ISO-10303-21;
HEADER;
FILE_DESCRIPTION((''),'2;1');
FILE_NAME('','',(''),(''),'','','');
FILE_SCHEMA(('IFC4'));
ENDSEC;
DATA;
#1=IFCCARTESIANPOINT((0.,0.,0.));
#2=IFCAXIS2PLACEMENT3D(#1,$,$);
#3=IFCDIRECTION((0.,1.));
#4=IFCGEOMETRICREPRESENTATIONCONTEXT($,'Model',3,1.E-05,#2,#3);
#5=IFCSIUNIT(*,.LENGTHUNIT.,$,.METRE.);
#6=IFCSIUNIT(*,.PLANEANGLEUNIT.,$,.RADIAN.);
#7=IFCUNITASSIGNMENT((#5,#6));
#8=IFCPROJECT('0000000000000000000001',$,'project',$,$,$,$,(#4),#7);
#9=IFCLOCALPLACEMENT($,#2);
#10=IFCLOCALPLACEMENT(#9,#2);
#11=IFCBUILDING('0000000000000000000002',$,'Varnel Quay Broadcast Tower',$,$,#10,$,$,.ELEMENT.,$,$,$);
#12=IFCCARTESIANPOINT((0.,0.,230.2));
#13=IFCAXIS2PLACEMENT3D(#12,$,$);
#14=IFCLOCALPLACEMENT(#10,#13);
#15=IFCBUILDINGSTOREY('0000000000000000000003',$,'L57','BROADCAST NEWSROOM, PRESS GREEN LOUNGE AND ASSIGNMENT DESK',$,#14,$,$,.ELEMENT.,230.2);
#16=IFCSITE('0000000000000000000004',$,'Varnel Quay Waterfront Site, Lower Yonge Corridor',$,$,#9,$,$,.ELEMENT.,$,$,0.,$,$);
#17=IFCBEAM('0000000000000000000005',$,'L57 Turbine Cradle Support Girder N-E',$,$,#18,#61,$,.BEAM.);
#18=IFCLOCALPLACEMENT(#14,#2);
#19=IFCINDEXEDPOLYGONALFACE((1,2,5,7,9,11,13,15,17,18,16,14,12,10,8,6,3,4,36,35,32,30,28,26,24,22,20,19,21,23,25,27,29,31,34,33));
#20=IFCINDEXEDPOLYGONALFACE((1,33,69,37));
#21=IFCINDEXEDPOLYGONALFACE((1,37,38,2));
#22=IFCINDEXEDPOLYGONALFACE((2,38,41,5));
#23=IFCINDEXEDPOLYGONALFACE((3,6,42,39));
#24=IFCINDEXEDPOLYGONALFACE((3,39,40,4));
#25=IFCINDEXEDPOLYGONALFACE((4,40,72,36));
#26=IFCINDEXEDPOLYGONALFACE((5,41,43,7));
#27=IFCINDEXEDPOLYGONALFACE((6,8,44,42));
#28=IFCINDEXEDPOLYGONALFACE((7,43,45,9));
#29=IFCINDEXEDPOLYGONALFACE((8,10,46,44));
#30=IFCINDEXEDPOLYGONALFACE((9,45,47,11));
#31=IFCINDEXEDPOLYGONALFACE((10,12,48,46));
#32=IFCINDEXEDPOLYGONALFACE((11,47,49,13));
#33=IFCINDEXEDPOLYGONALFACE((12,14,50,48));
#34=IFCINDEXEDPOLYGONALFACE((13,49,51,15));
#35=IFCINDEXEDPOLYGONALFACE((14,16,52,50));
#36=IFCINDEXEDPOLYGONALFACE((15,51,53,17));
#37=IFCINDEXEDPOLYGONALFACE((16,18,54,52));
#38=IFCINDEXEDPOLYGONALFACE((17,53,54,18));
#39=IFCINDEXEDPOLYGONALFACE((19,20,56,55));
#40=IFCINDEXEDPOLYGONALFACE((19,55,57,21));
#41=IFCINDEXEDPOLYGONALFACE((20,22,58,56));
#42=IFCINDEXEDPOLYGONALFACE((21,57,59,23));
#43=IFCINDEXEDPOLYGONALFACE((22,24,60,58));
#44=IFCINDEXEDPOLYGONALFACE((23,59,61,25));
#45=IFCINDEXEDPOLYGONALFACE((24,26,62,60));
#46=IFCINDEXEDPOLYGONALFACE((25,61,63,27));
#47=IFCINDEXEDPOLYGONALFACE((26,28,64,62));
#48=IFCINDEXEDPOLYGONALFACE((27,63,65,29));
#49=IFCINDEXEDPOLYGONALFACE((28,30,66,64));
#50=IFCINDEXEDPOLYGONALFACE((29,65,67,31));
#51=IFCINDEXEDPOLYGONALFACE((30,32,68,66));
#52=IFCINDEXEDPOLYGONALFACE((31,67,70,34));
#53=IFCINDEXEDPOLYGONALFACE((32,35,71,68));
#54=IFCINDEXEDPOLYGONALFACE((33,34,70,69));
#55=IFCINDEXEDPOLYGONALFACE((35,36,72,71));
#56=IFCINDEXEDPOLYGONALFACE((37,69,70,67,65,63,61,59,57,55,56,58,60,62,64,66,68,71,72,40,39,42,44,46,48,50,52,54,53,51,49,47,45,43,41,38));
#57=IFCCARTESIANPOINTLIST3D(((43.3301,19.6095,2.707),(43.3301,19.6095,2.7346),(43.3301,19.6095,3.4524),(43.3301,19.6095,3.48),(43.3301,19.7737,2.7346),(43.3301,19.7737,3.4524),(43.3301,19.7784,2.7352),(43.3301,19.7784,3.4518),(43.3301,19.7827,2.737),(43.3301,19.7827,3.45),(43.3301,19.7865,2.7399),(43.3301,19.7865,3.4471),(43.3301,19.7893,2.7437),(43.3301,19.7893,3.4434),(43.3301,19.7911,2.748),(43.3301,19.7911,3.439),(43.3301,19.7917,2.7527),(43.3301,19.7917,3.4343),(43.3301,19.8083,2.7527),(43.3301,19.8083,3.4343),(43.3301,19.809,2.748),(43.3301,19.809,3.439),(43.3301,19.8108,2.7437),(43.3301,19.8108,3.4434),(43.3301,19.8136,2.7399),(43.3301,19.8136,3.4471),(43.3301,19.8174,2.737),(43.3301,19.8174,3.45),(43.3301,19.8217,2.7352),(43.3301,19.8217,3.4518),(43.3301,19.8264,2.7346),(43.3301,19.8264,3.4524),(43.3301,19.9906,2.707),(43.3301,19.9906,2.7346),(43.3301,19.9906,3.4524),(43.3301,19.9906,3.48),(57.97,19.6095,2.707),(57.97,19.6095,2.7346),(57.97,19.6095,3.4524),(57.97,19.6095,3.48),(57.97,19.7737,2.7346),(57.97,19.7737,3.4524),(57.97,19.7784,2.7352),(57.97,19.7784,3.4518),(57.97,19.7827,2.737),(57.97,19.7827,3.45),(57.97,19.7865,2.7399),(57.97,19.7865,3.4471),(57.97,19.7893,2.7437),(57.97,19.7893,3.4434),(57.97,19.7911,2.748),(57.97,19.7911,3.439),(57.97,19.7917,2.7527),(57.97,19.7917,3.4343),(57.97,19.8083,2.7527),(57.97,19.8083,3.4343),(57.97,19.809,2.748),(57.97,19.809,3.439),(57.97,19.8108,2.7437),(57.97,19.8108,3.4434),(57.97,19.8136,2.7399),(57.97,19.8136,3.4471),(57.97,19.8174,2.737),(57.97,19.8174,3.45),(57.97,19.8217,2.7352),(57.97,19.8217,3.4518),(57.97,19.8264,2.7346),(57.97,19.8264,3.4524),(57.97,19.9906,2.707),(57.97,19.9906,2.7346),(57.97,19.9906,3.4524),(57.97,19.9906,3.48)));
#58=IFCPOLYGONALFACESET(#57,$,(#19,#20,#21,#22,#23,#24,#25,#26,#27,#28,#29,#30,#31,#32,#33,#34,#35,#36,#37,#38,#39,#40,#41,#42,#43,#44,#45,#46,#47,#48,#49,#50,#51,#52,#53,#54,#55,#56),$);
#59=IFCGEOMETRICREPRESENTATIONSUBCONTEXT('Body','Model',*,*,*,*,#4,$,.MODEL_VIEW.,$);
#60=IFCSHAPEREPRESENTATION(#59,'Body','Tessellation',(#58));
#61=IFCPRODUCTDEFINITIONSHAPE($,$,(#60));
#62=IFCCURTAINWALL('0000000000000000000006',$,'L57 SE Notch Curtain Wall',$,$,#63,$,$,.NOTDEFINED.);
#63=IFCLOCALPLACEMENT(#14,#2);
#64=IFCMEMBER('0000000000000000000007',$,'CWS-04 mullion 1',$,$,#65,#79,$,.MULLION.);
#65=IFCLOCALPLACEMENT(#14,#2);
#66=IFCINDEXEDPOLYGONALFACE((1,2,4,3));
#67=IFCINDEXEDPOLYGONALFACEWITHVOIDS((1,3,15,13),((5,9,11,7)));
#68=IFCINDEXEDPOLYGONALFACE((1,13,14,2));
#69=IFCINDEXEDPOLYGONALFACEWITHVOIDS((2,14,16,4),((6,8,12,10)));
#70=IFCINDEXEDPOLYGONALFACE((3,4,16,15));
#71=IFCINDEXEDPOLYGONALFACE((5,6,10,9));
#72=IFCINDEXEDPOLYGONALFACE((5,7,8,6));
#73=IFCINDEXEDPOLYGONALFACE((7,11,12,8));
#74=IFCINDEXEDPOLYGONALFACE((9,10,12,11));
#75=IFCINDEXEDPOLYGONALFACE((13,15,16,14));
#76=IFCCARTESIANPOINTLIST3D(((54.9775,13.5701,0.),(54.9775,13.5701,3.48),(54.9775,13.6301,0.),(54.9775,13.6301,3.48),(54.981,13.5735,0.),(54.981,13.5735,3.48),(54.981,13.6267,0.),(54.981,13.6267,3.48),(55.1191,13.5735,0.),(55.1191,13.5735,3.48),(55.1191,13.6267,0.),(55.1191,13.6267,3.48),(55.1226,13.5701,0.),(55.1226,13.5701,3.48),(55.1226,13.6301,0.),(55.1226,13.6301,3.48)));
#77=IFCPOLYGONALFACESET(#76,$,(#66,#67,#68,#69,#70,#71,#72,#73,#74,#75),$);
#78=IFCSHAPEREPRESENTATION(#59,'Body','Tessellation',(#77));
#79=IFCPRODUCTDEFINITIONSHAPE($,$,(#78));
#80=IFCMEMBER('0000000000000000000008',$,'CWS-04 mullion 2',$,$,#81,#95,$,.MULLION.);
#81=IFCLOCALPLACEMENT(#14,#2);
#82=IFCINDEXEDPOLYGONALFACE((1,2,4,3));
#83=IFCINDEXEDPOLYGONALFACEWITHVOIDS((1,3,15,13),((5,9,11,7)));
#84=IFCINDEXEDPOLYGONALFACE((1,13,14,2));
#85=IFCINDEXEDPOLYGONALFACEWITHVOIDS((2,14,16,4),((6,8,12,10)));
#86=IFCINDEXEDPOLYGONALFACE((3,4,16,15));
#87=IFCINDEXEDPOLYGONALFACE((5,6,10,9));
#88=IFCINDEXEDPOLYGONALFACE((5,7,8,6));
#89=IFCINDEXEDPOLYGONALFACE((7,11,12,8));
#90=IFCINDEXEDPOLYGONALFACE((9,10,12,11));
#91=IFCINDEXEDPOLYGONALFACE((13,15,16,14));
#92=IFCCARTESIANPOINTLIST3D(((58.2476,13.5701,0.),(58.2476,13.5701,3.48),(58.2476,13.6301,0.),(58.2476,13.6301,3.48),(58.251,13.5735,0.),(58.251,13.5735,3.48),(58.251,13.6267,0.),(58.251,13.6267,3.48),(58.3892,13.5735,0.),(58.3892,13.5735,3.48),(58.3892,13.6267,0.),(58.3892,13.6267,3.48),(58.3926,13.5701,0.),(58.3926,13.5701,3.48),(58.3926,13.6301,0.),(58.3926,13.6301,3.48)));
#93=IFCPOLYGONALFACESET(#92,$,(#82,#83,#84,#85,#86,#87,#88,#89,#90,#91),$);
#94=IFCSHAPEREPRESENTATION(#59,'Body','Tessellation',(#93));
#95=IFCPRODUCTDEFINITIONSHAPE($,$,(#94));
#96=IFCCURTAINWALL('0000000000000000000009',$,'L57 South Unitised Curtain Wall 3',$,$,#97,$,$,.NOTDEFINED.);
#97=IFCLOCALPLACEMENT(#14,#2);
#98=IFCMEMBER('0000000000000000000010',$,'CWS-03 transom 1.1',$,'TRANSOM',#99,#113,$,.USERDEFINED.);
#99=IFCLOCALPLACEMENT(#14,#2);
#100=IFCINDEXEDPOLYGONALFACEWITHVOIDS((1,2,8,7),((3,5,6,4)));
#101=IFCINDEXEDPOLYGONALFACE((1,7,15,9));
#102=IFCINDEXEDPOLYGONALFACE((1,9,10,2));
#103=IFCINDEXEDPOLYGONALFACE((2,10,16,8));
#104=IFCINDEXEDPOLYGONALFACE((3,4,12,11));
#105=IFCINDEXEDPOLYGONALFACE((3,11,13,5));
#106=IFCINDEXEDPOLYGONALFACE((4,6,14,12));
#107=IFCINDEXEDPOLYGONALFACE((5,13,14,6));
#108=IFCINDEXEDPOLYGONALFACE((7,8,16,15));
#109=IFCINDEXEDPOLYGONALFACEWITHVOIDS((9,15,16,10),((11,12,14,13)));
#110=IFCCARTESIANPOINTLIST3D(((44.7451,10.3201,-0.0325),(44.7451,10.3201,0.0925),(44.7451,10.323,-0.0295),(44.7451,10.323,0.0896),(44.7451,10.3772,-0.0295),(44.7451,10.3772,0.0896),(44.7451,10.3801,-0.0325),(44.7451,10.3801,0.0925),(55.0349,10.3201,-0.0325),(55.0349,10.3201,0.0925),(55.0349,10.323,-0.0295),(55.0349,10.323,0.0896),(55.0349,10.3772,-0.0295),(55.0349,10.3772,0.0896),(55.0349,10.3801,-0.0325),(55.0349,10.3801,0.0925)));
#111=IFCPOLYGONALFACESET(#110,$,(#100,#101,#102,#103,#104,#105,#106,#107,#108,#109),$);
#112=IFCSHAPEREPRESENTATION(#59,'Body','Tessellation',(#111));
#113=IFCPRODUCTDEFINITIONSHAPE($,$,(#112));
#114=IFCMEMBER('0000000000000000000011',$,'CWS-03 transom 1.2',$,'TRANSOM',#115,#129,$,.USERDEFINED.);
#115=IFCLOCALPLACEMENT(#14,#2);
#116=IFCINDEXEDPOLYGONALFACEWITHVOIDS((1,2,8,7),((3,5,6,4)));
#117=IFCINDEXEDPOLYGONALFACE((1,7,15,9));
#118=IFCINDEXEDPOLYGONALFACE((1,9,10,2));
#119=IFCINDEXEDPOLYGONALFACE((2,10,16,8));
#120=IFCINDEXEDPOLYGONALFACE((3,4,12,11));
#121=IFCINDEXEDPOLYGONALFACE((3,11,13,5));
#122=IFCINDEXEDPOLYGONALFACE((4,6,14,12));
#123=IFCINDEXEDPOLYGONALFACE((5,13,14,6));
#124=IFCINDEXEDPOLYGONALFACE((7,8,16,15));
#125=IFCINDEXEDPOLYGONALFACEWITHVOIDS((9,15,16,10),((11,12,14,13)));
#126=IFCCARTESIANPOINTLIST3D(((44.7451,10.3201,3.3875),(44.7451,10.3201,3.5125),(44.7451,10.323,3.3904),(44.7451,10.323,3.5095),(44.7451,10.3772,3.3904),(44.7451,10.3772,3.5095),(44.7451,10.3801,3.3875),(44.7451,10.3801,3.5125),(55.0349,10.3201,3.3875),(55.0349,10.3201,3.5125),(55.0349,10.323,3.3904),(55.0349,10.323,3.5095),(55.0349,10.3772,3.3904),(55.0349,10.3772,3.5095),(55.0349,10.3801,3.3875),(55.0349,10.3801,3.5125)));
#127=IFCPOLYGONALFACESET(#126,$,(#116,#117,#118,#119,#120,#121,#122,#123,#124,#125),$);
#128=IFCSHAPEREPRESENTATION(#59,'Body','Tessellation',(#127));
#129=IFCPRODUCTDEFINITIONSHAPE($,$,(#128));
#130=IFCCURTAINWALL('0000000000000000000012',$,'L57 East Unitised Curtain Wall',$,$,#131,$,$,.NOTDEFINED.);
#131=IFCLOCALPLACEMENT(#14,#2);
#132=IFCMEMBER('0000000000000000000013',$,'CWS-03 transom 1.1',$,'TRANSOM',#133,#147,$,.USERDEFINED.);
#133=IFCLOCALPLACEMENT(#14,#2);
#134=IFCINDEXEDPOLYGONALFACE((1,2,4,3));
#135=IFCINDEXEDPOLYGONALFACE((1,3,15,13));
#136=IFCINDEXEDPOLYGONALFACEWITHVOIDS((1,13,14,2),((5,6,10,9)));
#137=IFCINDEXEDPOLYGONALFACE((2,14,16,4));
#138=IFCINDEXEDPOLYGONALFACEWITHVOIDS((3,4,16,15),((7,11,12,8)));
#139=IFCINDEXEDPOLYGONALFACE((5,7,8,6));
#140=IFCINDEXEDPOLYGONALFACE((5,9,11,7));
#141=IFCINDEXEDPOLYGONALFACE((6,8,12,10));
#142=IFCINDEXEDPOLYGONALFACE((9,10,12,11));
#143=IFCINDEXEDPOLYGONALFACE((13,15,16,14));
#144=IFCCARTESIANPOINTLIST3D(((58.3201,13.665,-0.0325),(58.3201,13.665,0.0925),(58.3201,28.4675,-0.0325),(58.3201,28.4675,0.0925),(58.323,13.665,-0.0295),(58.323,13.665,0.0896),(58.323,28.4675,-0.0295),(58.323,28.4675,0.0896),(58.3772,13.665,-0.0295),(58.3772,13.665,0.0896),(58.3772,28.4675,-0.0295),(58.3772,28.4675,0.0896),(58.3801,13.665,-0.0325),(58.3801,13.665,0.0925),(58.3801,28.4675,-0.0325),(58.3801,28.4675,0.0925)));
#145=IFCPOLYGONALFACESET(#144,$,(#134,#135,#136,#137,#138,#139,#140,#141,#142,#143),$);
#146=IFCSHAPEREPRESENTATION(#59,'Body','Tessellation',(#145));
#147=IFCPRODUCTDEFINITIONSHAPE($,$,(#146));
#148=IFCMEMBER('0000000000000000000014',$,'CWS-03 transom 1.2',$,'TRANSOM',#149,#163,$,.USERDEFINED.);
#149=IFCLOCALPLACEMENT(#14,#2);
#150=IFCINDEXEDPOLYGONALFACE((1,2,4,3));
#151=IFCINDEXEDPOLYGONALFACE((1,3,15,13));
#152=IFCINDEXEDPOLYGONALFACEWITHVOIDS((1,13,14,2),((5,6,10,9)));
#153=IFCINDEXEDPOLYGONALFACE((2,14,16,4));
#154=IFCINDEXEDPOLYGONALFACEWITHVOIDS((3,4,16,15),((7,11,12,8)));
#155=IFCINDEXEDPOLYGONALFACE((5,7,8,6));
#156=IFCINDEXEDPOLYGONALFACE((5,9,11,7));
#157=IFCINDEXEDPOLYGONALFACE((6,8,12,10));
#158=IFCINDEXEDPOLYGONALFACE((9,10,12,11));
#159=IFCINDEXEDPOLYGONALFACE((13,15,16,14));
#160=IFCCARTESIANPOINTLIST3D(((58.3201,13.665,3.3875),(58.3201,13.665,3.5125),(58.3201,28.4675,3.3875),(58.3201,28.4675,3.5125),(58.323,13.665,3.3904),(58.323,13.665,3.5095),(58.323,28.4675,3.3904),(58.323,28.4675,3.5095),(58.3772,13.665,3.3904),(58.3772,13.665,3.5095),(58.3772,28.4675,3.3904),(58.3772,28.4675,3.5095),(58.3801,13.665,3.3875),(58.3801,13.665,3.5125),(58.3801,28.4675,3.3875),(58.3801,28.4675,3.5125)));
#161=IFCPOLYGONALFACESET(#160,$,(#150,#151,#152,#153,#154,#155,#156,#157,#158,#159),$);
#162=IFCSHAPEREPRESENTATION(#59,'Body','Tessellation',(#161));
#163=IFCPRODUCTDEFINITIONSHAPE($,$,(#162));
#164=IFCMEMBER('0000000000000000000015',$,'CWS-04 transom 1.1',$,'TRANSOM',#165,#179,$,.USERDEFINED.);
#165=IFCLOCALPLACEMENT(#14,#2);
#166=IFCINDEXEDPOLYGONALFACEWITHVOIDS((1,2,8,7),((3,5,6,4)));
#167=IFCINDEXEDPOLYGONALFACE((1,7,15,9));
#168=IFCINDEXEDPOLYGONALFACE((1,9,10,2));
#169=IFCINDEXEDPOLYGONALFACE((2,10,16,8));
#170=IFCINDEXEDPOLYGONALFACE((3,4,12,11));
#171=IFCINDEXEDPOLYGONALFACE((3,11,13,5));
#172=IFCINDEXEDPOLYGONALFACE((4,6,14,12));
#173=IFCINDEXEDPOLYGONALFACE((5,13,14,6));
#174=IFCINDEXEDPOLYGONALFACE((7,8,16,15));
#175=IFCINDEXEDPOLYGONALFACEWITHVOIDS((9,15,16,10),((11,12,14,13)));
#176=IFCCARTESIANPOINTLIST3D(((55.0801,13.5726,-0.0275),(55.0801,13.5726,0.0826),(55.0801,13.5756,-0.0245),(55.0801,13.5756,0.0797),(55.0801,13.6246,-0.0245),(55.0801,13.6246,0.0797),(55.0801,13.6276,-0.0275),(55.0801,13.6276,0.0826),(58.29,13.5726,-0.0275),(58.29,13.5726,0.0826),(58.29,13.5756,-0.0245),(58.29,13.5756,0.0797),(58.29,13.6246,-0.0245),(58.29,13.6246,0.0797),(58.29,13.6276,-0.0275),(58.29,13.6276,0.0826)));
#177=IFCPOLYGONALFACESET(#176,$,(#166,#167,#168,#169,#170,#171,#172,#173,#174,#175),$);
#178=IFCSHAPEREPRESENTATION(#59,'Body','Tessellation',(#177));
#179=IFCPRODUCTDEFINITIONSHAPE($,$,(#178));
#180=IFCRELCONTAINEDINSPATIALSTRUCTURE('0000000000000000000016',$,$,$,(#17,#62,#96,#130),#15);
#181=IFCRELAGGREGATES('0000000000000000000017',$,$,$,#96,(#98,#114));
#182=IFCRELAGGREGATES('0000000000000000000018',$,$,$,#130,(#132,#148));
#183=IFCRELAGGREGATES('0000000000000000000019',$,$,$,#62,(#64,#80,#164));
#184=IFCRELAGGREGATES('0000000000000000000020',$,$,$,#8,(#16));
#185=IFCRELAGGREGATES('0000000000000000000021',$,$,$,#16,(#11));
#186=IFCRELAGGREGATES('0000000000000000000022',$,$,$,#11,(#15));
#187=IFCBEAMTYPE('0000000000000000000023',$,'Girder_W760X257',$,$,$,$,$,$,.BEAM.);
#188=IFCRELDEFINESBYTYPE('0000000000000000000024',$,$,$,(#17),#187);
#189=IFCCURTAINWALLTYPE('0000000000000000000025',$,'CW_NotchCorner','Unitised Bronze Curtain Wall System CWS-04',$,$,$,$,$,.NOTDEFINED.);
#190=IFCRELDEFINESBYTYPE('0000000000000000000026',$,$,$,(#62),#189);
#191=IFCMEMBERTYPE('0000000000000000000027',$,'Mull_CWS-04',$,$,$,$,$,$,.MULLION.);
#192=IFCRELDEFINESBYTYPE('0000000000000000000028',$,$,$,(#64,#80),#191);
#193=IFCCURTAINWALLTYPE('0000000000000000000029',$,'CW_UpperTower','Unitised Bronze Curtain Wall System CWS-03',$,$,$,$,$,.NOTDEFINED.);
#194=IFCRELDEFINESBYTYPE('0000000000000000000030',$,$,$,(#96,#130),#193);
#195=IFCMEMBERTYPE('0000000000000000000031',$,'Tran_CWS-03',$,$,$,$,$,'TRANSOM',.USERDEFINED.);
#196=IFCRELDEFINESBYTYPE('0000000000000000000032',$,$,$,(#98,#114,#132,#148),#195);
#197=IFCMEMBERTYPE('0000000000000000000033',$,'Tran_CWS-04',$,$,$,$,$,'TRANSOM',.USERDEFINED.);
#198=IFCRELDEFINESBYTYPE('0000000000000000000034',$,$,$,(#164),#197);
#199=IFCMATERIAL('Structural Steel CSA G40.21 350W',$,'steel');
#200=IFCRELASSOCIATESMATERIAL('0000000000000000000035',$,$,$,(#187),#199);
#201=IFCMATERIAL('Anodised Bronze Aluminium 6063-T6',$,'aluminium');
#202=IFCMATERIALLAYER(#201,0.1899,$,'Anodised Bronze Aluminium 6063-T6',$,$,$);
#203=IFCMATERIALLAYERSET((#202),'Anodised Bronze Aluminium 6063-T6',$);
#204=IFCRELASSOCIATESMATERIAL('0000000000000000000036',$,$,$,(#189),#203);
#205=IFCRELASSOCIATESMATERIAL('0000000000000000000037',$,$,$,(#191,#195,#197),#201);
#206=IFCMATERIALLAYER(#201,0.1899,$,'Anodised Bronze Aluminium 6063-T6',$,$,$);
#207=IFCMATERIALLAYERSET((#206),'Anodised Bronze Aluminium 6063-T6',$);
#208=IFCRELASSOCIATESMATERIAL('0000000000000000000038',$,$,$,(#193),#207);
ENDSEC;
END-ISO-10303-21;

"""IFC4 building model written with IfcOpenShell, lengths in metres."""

from ifc_helpers import new_model, si_unit, direction, frame, origin, origin_2d, place, context, subcontext, project, spatial, hollow_rectangle, i_section, extrude, source, transform, mapped, material, layer, layer_set, material_profile, profile_set, type_object, type_shapes, element, aggregate, save


model = new_model("IFC4")

# Units and contexts
model_context = context("Model", 3, precision=1e-05, world=origin(), true_north=direction((0.0, 1.0)))
body_context = subcontext(model_context, "Body", "Model", "MODEL_VIEW")
ifc_project = project(units=[si_unit("LENGTHUNIT", "METRE"), si_unit("PLANEANGLEUNIT", "RADIAN")], contexts=[model_context])

# Site, building, storey
site_placement = place(None, origin())
site = spatial("IfcSite", under=ifc_project, at=site_placement, Name="Varnel Quay Waterfront Site, Lower Yonge Corridor", CompositionType="ELEMENT", RefElevation=0.0)
building_placement = place(site_placement, origin())
building = spatial("IfcBuilding", under=site, at=building_placement, Name="Varnel Quay Broadcast Tower", CompositionType="ELEMENT")
storey_placement = place(building_placement, frame((0.0, 0.0, 230.2)))
storey = spatial("IfcBuildingStorey", under=building, at=storey_placement, Name="L57", Description="BROADCAST NEWSROOM, PRESS GREEN LOUNGE AND ASSIGNMENT DESK", CompositionType="ELEMENT", Elevation=230.2)

# Shared definitions
ifc_material_1 = material(Name="Structural Steel CSA G40.21 350W", Category="steel")

# Beam
ifc_material_profile_1 = material_profile(ifc_material_1, i_section(OverallWidth=0.3811, OverallDepth=0.7729, WebThickness=0.0166, FlangeThickness=0.0276, FilletRadius=0.0181, at=origin_2d()), Name="W760X257")
ifc_profile_set_1 = profile_set([ifc_material_profile_1], Name="Structural Steel CSA G40.21 350W")
beam_type_1 = type_object("IfcBeamType", Name="Girder_W760X257", PredefinedType="BEAM", material=ifc_profile_set_1)
shared_shape_1 = source(origin(), body_context, "Body", "SweptSolid", [
    extrude(i_section(OverallWidth=0.3811, OverallDepth=0.7729, WebThickness=0.0166, FlangeThickness=0.0276, FilletRadius=0.0181, at=origin_2d()), origin(), (0.0, 0.0, 1.0), 14.6399),
])
type_shapes(beam_type_1, [shared_shape_1])
beam_1_placement = place(storey_placement, frame((43.3301, 19.8, 3.0935), z_axis=(1.0, 0.0, 0.0), x_axis=(0.0, 1.0, 0.0)))
element("IfcBeam", 1, at=beam_1_placement, inside=storey, type_object=beam_type_1, Name="L57 Turbine Cradle Support Girder N-E", PredefinedType="BEAM", context=body_context, shape_type="MappedRepresentation", body=[
    mapped(shared_shape_1, transform((0.0, 0.0, 0.0), x_axis=(1.0, 0.0, 0.0), y_axis=(0.0, 1.0, 0.0), z_axis=(0.0, 0.0, 1.0), scale=1.0)),
])

# Curtain walls, members
ifc_material_2 = material(Name="Anodised Bronze Aluminium 6063-T6", Category="aluminium")
ifc_layer_1 = layer(ifc_material_2, 0.1899, Name="Anodised Bronze Aluminium 6063-T6")
ifc_layer_set_1 = layer_set([ifc_layer_1], Name="Anodised Bronze Aluminium 6063-T6")
curtain_wall_type_1 = type_object("IfcCurtainWallType", Name="CW_NotchCorner", Description="Unitised Bronze Curtain Wall System CWS-04", PredefinedType="NOTDEFINED", material=ifc_layer_set_1)
curtain_wall_1_placement = place(storey_placement, origin())
curtain_wall_1 = element("IfcCurtainWall", 2, at=curtain_wall_1_placement, inside=storey, type_object=curtain_wall_type_1, Name="L57 SE Notch Curtain Wall", PredefinedType="NOTDEFINED")
ifc_material_profile_2 = material_profile(ifc_material_2, hollow_rectangle(XDim=0.0601, YDim=0.145, WallThickness=0.0034, at=origin_2d()), Name="ALU60X145X3.5")
ifc_profile_set_2 = profile_set([ifc_material_profile_2], Name="Anodised Bronze Aluminium 6063-T6")
member_type_1 = type_object("IfcMemberType", Name="Mull_CWS-04", PredefinedType="MULLION", material=ifc_profile_set_2)
shared_shape_2 = source(origin(), body_context, "Body", "SweptSolid", [
    extrude(hollow_rectangle(XDim=0.0601, YDim=0.145, WallThickness=0.0034, at=origin_2d()), origin(), (0.0, 0.0, 1.0), 3.48),
])
type_shapes(member_type_1, [shared_shape_2])
member_1_placement = place(storey_placement, frame((55.05, 13.6001, 0.0), z_axis=(0.0, 0.0, 1.0), x_axis=(0.0, 1.0, 0.0)))
member_1 = element("IfcMember", 3, at=member_1_placement, type_object=member_type_1, Name="CWS-04 mullion 1", PredefinedType="MULLION", context=body_context, shape_type="MappedRepresentation", body=[
    mapped(shared_shape_2, transform((0.0, 0.0, 0.0), x_axis=(1.0, 0.0, 0.0), y_axis=(0.0, 1.0, 0.0), z_axis=(0.0, 0.0, 1.0), scale=1.0)),
])
member_2_placement = place(storey_placement, frame((58.3201, 13.6001, 0.0), z_axis=(0.0, 0.0, 1.0), x_axis=(0.0, 1.0, 0.0)))
member_2 = element("IfcMember", 4, at=member_2_placement, type_object=member_type_1, Name="CWS-04 mullion 2", PredefinedType="MULLION", context=body_context, shape_type="MappedRepresentation", body=[
    mapped(shared_shape_2, transform((0.0, 0.0, 0.0), x_axis=(1.0, 0.0, 0.0), y_axis=(0.0, 1.0, 0.0), z_axis=(0.0, 0.0, 1.0), scale=1.0)),
])
ifc_layer_2 = layer(ifc_material_2, 0.1899, Name="Anodised Bronze Aluminium 6063-T6")
ifc_layer_set_2 = layer_set([ifc_layer_2], Name="Anodised Bronze Aluminium 6063-T6")
curtain_wall_type_2 = type_object("IfcCurtainWallType", Name="CW_UpperTower", Description="Unitised Bronze Curtain Wall System CWS-03", PredefinedType="NOTDEFINED", material=ifc_layer_set_2)
curtain_wall_2_placement = place(storey_placement, origin())
curtain_wall_2 = element("IfcCurtainWall", 5, at=curtain_wall_2_placement, inside=storey, type_object=curtain_wall_type_2, Name="L57 South Unitised Curtain Wall 3", PredefinedType="NOTDEFINED")
ifc_material_profile_3 = material_profile(ifc_material_2, hollow_rectangle(XDim=0.0601, YDim=0.125, WallThickness=0.0029, at=origin_2d()), Name="ALU60X125X3")
ifc_profile_set_3 = profile_set([ifc_material_profile_3], Name="Anodised Bronze Aluminium 6063-T6")
member_type_2 = type_object("IfcMemberType", Name="Tran_CWS-03", ElementType="TRANSOM", PredefinedType="USERDEFINED", material=ifc_profile_set_3)
shared_shape_3 = source(origin(), body_context, "Body", "SweptSolid", [
    extrude(hollow_rectangle(XDim=0.0601, YDim=0.125, WallThickness=0.0029, at=origin_2d()), origin(), (0.0, 0.0, 1.0), 10.2898),
])
member_3_placement = place(storey_placement, frame((44.7451, 10.3501, 0.03), z_axis=(1.0, 0.0, 0.0), x_axis=(0.0, 1.0, 0.0)))
member_3 = element("IfcMember", 6, at=member_3_placement, type_object=member_type_2, Name="CWS-03 transom 1.1", ObjectType="TRANSOM", PredefinedType="USERDEFINED", context=body_context, shape_type="MappedRepresentation", body=[
    mapped(shared_shape_3, transform((0.0, 0.0, 0.0), x_axis=(1.0, 0.0, 0.0), y_axis=(0.0, 1.0, 0.0), z_axis=(0.0, 0.0, 1.0), scale=1.0)),
])
member_4_placement = place(storey_placement, frame((44.7451, 10.3501, 3.45), z_axis=(1.0, 0.0, 0.0), x_axis=(0.0, 1.0, 0.0)))
member_4 = element("IfcMember", 7, at=member_4_placement, type_object=member_type_2, Name="CWS-03 transom 1.2", ObjectType="TRANSOM", PredefinedType="USERDEFINED", context=body_context, shape_type="MappedRepresentation", body=[
    mapped(shared_shape_3, transform((0.0, 0.0, 0.0), x_axis=(1.0, 0.0, 0.0), y_axis=(0.0, 1.0, 0.0), z_axis=(0.0, 0.0, 1.0), scale=1.0)),
])
curtain_wall_3_placement = place(storey_placement, origin())
curtain_wall_3 = element("IfcCurtainWall", 8, at=curtain_wall_3_placement, inside=storey, type_object=curtain_wall_type_2, Name="L57 East Unitised Curtain Wall", PredefinedType="NOTDEFINED")
shared_shape_4 = source(origin(), body_context, "Body", "SweptSolid", [
    extrude(hollow_rectangle(XDim=0.0601, YDim=0.125, WallThickness=0.0029, at=origin_2d()), origin(), (0.0, 0.0, 1.0), 14.8025),
])
type_shapes(member_type_2, [shared_shape_3, shared_shape_4])
member_5_placement = place(storey_placement, frame((58.3501, 13.665, 0.03), z_axis=(0.0, 1.0, 0.0), x_axis=(-1.0, 0.0, 0.0)))
member_5 = element("IfcMember", 9, at=member_5_placement, type_object=member_type_2, Name="CWS-03 transom 1.1", ObjectType="TRANSOM", PredefinedType="USERDEFINED", context=body_context, shape_type="MappedRepresentation", body=[
    mapped(shared_shape_4, transform((0.0, 0.0, 0.0), x_axis=(1.0, 0.0, 0.0), y_axis=(0.0, 1.0, 0.0), z_axis=(0.0, 0.0, 1.0), scale=1.0)),
])
member_6_placement = place(storey_placement, frame((58.3501, 13.665, 3.45), z_axis=(0.0, 1.0, 0.0), x_axis=(-1.0, 0.0, 0.0)))
member_6 = element("IfcMember", 10, at=member_6_placement, type_object=member_type_2, Name="CWS-03 transom 1.2", ObjectType="TRANSOM", PredefinedType="USERDEFINED", context=body_context, shape_type="MappedRepresentation", body=[
    mapped(shared_shape_4, transform((0.0, 0.0, 0.0), x_axis=(1.0, 0.0, 0.0), y_axis=(0.0, 1.0, 0.0), z_axis=(0.0, 0.0, 1.0), scale=1.0)),
])

# Member
ifc_material_profile_4 = material_profile(ifc_material_2, hollow_rectangle(XDim=0.0549, YDim=0.1101, WallThickness=0.0029, at=origin_2d()), Name="ALU55X110X3")
ifc_profile_set_4 = profile_set([ifc_material_profile_4], Name="Anodised Bronze Aluminium 6063-T6")
member_type_3 = type_object("IfcMemberType", Name="Tran_CWS-04", ElementType="TRANSOM", PredefinedType="USERDEFINED", material=ifc_profile_set_4)
shared_shape_5 = source(origin(), body_context, "Body", "SweptSolid", [
    extrude(hollow_rectangle(XDim=0.0549, YDim=0.1101, WallThickness=0.0029, at=origin_2d()), origin(), (0.0, 0.0, 1.0), 3.21),
])
type_shapes(member_type_3, [shared_shape_5])
member_7_placement = place(storey_placement, frame((55.0801, 13.6001, 0.0276), z_axis=(1.0, 0.0, 0.0), x_axis=(0.0, 1.0, 0.0)))
member_7 = element("IfcMember", 11, at=member_7_placement, type_object=member_type_3, Name="CWS-04 transom 1.1", ObjectType="TRANSOM", PredefinedType="USERDEFINED", context=body_context, shape_type="MappedRepresentation", body=[
    mapped(shared_shape_5, transform((0.0, 0.0, 0.0), x_axis=(1.0, 0.0, 0.0), y_axis=(0.0, 1.0, 0.0), z_axis=(0.0, 0.0, 1.0), scale=1.0)),
])

aggregate(curtain_wall_2, [member_3, member_4])
aggregate(curtain_wall_3, [member_5, member_6])
aggregate(curtain_wall_1, [member_1, member_2, member_7])

save(model, "model.ifc")
